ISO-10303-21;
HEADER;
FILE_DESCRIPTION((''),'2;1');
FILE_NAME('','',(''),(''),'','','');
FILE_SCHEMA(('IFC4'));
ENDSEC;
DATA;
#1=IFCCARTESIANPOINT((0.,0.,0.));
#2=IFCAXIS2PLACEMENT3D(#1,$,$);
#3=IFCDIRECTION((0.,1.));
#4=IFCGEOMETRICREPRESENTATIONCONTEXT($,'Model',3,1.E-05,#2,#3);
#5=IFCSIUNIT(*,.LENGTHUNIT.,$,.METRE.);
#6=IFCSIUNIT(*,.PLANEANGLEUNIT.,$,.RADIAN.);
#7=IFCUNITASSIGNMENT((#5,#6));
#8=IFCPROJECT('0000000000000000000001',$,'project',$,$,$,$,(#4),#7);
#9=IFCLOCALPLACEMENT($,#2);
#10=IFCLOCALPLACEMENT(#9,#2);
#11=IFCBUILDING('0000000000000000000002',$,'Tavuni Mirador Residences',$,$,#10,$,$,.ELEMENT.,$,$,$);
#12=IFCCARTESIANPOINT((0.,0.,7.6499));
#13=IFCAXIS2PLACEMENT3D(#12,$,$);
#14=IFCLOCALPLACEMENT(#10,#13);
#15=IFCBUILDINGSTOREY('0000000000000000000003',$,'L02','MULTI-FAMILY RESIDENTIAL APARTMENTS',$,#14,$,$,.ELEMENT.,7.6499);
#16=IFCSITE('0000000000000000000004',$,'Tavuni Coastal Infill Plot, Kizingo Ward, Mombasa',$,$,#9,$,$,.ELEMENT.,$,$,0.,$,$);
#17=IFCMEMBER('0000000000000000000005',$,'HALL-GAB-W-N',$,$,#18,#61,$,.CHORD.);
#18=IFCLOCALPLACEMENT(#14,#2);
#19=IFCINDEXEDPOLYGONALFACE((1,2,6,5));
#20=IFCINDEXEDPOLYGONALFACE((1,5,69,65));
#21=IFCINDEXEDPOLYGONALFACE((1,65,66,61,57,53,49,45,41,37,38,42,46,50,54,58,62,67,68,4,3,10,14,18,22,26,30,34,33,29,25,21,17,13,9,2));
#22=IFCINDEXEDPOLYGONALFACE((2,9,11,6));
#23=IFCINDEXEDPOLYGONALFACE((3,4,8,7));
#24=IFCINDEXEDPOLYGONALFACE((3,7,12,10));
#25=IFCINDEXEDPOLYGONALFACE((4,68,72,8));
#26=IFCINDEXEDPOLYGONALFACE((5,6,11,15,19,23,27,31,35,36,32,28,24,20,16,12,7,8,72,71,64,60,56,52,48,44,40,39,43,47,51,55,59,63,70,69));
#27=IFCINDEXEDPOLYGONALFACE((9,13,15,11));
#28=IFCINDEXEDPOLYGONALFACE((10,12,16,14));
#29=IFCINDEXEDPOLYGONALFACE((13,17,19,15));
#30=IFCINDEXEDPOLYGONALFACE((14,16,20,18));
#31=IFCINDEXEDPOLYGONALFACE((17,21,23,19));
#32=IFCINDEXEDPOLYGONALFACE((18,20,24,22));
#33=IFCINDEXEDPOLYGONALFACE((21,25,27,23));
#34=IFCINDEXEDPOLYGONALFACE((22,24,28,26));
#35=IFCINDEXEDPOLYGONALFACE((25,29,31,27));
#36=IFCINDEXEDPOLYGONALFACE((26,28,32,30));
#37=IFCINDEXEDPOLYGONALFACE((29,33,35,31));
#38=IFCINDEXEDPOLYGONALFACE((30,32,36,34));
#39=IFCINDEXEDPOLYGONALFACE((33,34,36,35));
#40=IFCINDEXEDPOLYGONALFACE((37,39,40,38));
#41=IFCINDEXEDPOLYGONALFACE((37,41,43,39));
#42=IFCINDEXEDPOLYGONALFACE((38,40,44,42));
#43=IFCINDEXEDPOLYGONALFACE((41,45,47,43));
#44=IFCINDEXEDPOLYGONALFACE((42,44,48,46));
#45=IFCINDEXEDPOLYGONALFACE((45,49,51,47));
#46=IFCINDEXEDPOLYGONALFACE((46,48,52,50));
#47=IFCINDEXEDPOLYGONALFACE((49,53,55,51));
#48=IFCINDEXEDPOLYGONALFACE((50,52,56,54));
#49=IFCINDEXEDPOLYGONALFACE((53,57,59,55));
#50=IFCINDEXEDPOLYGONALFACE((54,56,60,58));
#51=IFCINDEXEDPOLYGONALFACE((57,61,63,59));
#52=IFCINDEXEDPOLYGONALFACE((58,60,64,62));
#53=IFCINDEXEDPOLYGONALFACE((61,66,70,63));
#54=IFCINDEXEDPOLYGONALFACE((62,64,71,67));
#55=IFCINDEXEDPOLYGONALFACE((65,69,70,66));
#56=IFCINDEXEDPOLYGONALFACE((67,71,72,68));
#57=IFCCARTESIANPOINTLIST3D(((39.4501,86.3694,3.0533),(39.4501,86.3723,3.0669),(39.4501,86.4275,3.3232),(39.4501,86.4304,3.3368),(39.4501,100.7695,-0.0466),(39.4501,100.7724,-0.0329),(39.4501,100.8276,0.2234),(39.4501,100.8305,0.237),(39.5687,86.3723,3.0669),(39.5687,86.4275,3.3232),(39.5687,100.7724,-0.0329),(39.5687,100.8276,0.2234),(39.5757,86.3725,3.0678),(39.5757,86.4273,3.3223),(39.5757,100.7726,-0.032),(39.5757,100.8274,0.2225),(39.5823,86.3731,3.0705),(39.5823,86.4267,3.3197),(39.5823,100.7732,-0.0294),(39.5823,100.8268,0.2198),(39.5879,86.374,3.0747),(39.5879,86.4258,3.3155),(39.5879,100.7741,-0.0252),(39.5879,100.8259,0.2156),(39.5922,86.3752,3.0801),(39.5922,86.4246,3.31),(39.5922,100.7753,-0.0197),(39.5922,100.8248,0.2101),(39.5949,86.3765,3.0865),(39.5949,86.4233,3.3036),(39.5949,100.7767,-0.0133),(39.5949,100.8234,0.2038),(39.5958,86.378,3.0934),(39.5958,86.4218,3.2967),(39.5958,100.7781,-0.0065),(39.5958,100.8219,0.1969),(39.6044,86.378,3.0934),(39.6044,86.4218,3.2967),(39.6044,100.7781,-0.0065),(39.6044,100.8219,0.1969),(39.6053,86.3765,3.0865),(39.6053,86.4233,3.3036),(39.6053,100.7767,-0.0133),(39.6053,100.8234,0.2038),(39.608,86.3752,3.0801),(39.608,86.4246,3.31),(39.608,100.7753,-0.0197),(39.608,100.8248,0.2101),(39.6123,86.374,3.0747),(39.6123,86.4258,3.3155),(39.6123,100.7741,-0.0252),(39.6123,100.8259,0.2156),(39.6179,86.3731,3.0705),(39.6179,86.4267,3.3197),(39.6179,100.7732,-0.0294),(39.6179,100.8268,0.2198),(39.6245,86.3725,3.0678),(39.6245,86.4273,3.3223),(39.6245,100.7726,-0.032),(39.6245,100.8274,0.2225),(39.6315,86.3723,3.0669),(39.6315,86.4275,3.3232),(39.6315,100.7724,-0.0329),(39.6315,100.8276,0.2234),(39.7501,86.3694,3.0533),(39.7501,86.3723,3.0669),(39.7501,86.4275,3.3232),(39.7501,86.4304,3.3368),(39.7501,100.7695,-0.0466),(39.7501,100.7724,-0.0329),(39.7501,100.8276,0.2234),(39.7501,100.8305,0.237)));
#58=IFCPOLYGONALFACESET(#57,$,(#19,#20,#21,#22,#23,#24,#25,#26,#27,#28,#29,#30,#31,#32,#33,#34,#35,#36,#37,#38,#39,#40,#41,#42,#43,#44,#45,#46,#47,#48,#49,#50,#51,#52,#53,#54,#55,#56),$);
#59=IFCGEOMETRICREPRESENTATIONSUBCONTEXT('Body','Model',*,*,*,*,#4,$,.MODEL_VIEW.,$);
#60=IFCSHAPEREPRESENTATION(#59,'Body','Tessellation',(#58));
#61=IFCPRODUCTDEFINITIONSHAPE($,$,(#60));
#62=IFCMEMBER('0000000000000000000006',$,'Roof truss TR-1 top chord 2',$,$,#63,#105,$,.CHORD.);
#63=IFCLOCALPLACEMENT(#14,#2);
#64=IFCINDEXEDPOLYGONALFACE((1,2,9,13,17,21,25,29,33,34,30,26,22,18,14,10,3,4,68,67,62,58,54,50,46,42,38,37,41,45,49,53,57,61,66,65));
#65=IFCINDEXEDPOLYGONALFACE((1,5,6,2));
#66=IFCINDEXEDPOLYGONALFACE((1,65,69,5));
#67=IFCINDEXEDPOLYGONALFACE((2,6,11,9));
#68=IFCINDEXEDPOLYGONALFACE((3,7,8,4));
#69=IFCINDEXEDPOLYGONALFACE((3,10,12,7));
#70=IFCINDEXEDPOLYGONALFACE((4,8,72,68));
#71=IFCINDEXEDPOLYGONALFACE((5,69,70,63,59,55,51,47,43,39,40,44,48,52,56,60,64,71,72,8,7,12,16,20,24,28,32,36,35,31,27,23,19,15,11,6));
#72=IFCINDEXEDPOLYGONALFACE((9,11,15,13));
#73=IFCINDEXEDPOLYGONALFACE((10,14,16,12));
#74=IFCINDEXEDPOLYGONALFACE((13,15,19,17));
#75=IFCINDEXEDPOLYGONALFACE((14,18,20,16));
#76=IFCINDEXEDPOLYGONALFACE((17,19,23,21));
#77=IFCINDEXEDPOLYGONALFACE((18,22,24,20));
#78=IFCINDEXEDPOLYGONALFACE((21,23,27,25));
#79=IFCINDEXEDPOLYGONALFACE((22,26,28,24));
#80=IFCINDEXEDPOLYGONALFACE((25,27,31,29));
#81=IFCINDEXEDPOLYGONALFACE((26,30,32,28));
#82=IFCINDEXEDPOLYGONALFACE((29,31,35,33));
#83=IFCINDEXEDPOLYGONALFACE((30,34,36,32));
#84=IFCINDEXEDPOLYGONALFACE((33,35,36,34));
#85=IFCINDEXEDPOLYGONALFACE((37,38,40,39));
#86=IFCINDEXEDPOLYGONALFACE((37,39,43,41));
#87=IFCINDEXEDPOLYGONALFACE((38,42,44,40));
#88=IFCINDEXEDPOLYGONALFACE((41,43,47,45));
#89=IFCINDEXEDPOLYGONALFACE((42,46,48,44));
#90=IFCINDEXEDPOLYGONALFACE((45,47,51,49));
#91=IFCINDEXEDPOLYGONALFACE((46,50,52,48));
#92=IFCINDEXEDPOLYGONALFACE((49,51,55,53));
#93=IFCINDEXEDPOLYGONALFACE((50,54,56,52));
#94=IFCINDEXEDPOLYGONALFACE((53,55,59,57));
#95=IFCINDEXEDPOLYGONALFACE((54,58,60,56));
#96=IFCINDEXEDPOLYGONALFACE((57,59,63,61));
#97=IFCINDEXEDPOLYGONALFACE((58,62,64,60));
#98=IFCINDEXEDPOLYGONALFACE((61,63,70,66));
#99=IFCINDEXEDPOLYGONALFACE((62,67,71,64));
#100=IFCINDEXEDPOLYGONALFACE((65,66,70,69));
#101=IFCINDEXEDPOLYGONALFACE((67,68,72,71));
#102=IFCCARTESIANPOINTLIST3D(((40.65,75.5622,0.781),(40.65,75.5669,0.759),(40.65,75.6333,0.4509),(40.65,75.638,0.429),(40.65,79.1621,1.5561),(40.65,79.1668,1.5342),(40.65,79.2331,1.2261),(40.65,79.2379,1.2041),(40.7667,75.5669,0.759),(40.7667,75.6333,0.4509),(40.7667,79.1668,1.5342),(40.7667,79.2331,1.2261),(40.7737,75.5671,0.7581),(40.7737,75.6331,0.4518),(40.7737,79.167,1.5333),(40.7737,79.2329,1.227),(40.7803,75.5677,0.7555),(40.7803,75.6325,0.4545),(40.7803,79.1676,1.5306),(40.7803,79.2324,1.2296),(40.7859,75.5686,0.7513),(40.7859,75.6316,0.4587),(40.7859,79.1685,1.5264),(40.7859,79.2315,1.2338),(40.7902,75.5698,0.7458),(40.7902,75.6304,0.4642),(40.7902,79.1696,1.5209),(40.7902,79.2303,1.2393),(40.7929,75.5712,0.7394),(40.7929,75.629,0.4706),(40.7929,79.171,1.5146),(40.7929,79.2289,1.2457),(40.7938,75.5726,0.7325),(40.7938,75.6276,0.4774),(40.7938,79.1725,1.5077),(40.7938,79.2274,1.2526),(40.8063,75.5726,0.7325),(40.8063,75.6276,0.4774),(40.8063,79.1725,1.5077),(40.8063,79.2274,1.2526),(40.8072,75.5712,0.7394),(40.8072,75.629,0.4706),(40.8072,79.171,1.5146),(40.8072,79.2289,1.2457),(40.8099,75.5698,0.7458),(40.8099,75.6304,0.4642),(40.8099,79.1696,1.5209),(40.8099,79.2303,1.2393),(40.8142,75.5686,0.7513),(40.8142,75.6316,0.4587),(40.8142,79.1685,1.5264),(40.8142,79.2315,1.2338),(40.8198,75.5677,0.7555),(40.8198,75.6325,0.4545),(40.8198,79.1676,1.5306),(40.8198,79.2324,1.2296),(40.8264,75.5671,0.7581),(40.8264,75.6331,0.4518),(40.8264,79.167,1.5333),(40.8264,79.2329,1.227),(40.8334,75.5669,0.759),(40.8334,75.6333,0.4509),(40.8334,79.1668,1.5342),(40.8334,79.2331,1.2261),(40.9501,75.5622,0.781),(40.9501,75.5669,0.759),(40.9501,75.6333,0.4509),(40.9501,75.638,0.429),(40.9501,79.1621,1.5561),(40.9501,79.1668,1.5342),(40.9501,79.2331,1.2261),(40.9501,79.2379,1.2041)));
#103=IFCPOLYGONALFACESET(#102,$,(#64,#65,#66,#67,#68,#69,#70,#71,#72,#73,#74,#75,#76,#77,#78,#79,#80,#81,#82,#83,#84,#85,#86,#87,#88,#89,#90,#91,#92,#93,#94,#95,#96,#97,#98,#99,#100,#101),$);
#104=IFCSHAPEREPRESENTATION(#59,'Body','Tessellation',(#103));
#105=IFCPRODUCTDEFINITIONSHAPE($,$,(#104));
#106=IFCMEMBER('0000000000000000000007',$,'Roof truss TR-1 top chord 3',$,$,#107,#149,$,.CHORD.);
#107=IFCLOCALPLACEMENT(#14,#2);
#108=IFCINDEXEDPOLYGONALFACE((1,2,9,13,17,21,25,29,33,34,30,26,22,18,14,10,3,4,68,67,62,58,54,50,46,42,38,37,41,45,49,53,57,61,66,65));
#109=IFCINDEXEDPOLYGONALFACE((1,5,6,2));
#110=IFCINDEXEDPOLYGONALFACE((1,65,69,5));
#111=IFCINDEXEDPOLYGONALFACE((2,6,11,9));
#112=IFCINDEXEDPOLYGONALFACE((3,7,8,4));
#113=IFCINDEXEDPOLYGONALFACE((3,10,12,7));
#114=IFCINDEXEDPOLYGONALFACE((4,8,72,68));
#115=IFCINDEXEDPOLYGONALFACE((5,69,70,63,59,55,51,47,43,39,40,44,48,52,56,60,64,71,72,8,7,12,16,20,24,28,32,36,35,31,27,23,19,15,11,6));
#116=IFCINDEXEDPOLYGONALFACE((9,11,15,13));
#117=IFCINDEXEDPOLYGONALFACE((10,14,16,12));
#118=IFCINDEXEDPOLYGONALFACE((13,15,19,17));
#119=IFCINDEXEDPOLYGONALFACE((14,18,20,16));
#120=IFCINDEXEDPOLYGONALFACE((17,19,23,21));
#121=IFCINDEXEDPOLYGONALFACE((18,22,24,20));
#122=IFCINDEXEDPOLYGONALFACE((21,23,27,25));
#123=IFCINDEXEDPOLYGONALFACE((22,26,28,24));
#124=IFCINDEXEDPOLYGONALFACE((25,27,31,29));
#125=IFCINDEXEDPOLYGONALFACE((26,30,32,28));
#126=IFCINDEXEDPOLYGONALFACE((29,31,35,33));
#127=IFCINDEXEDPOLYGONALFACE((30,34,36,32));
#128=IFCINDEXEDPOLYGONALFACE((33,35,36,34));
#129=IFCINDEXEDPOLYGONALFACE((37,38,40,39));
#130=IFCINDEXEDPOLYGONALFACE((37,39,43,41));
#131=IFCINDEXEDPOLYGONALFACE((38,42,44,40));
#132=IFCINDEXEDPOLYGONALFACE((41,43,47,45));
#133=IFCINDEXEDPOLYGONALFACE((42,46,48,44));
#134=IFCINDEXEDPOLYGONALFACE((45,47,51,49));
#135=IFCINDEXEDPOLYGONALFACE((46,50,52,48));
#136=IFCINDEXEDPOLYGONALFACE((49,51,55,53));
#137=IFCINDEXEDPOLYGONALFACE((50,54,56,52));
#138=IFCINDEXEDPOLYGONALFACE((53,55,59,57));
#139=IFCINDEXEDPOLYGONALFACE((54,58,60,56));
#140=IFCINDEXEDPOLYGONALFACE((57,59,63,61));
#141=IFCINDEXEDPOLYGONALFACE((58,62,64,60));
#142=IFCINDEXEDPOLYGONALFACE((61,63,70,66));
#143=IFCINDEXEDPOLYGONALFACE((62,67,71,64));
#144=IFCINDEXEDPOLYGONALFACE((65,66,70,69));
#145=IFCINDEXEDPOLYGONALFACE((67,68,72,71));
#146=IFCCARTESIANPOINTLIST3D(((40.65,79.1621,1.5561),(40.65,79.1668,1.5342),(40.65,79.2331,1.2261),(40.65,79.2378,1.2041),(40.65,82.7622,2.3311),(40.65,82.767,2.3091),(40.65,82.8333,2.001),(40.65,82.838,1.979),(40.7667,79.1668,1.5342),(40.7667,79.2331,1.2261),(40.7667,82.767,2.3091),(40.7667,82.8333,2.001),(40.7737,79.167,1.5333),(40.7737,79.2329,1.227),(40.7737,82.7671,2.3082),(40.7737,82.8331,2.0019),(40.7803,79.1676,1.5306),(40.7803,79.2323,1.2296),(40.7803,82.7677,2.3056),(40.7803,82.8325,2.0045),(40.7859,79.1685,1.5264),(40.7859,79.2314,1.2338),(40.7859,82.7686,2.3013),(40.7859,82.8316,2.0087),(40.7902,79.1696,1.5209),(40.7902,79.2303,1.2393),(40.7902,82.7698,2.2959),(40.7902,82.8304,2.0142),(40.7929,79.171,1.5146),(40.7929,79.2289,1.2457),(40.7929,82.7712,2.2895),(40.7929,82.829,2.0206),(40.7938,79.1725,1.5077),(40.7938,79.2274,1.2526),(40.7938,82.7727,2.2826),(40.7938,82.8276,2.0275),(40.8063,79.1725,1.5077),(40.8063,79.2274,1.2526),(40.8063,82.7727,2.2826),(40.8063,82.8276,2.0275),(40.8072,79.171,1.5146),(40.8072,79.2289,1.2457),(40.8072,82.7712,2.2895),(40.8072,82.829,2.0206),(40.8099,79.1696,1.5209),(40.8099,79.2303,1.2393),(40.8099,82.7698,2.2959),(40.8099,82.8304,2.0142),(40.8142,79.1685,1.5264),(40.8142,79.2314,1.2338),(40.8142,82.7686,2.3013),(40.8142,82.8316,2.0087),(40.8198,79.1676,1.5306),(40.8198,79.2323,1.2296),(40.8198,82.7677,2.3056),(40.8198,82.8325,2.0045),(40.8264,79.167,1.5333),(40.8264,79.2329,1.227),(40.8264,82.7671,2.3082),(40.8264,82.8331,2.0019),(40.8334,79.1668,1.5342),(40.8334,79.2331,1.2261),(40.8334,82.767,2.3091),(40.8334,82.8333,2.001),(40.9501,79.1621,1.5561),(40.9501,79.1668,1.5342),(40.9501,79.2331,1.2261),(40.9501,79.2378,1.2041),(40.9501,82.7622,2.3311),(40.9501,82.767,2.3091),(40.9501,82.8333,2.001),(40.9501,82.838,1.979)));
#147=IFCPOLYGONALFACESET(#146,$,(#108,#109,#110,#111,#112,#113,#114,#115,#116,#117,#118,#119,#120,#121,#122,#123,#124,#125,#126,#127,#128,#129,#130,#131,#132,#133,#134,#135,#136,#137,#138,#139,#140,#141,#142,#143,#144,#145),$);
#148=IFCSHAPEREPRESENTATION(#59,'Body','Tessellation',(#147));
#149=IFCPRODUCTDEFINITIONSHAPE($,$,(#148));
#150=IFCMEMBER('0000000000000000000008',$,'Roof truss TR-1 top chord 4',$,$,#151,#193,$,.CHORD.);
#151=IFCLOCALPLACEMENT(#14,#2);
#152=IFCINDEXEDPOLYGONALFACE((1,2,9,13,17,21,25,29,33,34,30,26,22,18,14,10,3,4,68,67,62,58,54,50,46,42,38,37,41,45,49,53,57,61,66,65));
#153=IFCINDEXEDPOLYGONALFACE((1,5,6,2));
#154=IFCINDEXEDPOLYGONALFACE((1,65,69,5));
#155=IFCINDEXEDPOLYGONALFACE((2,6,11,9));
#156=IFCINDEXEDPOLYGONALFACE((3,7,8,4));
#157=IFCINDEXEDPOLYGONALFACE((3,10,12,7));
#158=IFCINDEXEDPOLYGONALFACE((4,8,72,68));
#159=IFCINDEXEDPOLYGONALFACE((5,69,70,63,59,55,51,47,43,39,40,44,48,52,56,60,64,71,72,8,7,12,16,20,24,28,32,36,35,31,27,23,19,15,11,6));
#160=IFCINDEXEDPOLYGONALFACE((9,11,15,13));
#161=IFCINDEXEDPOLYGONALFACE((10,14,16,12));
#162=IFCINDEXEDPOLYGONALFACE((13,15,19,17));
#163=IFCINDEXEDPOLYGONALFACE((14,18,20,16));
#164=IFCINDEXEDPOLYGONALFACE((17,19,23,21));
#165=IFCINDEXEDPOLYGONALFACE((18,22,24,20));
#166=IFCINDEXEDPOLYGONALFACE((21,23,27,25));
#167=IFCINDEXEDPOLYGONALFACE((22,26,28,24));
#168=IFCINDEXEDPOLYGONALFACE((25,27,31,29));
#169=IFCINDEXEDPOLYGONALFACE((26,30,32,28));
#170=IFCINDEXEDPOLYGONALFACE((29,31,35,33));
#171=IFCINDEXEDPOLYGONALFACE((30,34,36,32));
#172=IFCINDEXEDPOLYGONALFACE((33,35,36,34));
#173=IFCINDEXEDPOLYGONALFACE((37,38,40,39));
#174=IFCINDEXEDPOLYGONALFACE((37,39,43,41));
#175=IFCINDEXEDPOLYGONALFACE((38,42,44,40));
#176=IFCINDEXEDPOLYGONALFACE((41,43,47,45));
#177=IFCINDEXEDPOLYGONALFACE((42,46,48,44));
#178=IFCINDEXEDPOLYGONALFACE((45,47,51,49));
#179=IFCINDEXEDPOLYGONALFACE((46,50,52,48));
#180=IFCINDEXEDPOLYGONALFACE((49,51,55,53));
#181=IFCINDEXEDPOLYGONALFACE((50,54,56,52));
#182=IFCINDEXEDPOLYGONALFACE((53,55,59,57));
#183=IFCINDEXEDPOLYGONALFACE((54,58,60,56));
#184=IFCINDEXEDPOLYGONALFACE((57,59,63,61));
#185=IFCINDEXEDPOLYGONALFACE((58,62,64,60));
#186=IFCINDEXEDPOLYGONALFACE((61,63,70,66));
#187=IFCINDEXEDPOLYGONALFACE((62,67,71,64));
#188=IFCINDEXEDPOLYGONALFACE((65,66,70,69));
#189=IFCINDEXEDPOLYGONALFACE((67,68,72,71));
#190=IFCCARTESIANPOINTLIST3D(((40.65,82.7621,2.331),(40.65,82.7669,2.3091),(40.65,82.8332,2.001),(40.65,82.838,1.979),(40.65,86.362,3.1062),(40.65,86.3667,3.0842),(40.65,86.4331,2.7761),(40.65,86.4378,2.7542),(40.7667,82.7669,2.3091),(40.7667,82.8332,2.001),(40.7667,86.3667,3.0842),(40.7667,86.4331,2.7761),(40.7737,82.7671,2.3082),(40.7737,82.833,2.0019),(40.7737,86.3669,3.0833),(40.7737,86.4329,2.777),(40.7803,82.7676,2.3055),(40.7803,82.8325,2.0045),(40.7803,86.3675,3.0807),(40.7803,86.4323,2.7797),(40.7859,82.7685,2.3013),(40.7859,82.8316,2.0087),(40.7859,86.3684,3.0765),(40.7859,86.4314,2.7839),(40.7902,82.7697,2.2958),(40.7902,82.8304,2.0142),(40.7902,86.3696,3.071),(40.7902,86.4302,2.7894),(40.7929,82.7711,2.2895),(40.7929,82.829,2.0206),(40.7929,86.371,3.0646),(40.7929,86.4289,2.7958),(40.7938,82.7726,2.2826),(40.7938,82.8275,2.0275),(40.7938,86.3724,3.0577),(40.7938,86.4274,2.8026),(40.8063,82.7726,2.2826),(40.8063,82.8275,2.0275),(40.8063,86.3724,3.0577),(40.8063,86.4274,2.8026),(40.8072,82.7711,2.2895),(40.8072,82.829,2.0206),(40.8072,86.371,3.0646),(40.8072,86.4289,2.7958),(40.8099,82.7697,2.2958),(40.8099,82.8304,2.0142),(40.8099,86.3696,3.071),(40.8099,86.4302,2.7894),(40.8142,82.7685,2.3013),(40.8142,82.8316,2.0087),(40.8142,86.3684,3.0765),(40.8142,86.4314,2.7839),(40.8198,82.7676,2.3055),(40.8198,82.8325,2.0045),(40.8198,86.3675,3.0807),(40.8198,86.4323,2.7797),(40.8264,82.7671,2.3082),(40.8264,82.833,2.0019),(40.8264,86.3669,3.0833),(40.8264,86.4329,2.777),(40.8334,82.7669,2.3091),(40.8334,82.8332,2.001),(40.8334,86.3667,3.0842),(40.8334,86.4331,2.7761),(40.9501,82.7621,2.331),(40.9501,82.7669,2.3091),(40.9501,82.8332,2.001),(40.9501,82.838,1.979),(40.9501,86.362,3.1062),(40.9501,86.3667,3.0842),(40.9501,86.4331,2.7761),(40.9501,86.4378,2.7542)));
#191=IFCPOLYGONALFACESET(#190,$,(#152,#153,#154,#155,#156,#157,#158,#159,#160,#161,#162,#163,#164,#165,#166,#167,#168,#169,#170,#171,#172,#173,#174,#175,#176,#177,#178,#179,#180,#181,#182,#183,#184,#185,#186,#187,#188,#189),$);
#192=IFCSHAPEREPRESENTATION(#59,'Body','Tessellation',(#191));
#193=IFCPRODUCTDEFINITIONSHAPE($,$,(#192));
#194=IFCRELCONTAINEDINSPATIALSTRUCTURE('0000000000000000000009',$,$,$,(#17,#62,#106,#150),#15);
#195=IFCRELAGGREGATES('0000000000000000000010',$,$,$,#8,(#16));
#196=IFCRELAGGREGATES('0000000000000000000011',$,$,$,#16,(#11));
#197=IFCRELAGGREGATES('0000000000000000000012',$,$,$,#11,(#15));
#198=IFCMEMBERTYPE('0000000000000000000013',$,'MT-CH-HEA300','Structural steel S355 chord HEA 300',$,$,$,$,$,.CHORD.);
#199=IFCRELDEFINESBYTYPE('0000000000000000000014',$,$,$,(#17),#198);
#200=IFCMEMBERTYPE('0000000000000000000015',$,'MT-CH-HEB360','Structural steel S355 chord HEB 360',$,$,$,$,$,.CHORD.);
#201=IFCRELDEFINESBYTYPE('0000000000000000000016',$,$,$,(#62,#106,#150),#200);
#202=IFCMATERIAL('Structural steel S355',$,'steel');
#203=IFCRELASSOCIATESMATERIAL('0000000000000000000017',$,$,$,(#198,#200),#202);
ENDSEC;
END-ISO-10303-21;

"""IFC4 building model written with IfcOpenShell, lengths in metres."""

from ifc_helpers import new_model, si_unit, direction, frame, origin, origin_2d, place, context, subcontext, project, spatial, i_section, extrude, material, material_profile, profile_set, type_object, element, save


model = new_model("IFC4")

# Units and contexts
model_context = context("Model", 3, precision=1e-05, world=origin(), true_north=direction((0.0, 1.0)))
body_context = subcontext(model_context, "Body", "Model", "MODEL_VIEW")
ifc_project = project(units=[si_unit("LENGTHUNIT", "METRE"), si_unit("PLANEANGLEUNIT", "RADIAN")], contexts=[model_context])

# Site, building, storey
site_placement = place(None, origin())
site = spatial("IfcSite", under=ifc_project, at=site_placement, Name="Tavuni Coastal Infill Plot, Kizingo Ward, Mombasa", CompositionType="ELEMENT", RefElevation=0.0)
building_placement = place(site_placement, origin())
building = spatial("IfcBuilding", under=site, at=building_placement, Name="Tavuni Mirador Residences", CompositionType="ELEMENT")
storey_placement = place(building_placement, frame((0.0, 0.0, 7.6499)))
storey = spatial("IfcBuildingStorey", under=building, at=storey_placement, Name="L02", Description="MULTI-FAMILY RESIDENTIAL APARTMENTS", CompositionType="ELEMENT", Elevation=7.6499)

# Members
ifc_material_1 = material(Name="Structural steel S355", Category="steel")
ifc_material_profile_1 = material_profile(ifc_material_1, i_section(OverallWidth=0.3, OverallDepth=0.29, WebThickness=0.0085, FlangeThickness=0.0139, FilletRadius=0.0271, at=origin_2d()), Name="HEA 300", Category="steel")
ifc_profile_set_1 = profile_set([ifc_material_profile_1], Name="Structural steel S355")
member_type_1 = type_object("IfcMemberType", Name="MT-CH-HEA300", Description="Structural steel S355 chord HEA 300", PredefinedType="CHORD", material=ifc_profile_set_1)
member_1_placement = place(storey_placement, frame((39.6001, 86.3999, 3.1951), z_axis=(0.0, 0.977606, -0.210445), x_axis=(-1.0, 0.0, 0.0)))
element("IfcMember", 1, at=member_1_placement, inside=storey, type_object=member_type_1, Name="HALL-GAB-W-N", PredefinedType="CHORD", context=body_context, shape_type="SweptSolid", body=[
    extrude(i_section(OverallWidth=0.3, OverallDepth=0.29, WebThickness=0.0085, FlangeThickness=0.0139, FilletRadius=0.0271, at=origin_2d()), origin(), (0.0, 0.0, 1.0), 14.73),
])
ifc_material_profile_2 = material_profile(ifc_material_1, i_section(OverallWidth=0.3, OverallDepth=0.3601, WebThickness=0.0125, FlangeThickness=0.0225, FilletRadius=0.0271, at=origin_2d()), Name="HEB 360", Category="steel")
ifc_profile_set_2 = profile_set([ifc_material_profile_2], Name="Structural steel S355")
member_type_2 = type_object("IfcMemberType", Name="MT-CH-HEB360", Description="Structural steel S355 chord HEB 360", PredefinedType="CHORD", material=ifc_profile_set_2)
member_2_placement = place(storey_placement, frame((40.8, 75.6001, 0.605), z_axis=(0.0, 0.977593, 0.210502), x_axis=(-1.0, 0.0, 0.0)))
element("IfcMember", 2, at=member_2_placement, inside=storey, type_object=member_type_2, Name="Roof truss TR-1 top chord 2", PredefinedType="CHORD", context=body_context, shape_type="SweptSolid", body=[
    extrude(i_section(OverallWidth=0.3, OverallDepth=0.3601, WebThickness=0.0125, FlangeThickness=0.0225, FilletRadius=0.0271, at=origin_2d()), origin(), (0.0, 0.0, 1.0), 3.6824),
])
member_3_placement = place(storey_placement, frame((40.8, 79.2, 1.3801), z_axis=(0.0, 0.97761, 0.210425), x_axis=(-1.0, 0.0, 0.0)))
element("IfcMember", 3, at=member_3_placement, inside=storey, type_object=member_type_2, Name="Roof truss TR-1 top chord 3", PredefinedType="CHORD", context=body_context, shape_type="SweptSolid", body=[
    extrude(i_section(OverallWidth=0.3, OverallDepth=0.3601, WebThickness=0.0125, FlangeThickness=0.0225, FilletRadius=0.0271, at=origin_2d()), origin(), (0.0, 0.0, 1.0), 3.6826),
])
member_4_placement = place(storey_placement, frame((40.8, 82.8, 2.155), z_axis=(0.0, 0.977593, 0.210502), x_axis=(-1.0, 0.0, 0.0)))
element("IfcMember", 4, at=member_4_placement, inside=storey, type_object=member_type_2, Name="Roof truss TR-1 top chord 4", PredefinedType="CHORD", context=body_context, shape_type="SweptSolid", body=[
    extrude(i_section(OverallWidth=0.3, OverallDepth=0.3601, WebThickness=0.0125, FlangeThickness=0.0225, FilletRadius=0.0271, at=origin_2d()), origin(), (0.0, 0.0, 1.0), 3.6824),
])

save(model, "model.ifc")
